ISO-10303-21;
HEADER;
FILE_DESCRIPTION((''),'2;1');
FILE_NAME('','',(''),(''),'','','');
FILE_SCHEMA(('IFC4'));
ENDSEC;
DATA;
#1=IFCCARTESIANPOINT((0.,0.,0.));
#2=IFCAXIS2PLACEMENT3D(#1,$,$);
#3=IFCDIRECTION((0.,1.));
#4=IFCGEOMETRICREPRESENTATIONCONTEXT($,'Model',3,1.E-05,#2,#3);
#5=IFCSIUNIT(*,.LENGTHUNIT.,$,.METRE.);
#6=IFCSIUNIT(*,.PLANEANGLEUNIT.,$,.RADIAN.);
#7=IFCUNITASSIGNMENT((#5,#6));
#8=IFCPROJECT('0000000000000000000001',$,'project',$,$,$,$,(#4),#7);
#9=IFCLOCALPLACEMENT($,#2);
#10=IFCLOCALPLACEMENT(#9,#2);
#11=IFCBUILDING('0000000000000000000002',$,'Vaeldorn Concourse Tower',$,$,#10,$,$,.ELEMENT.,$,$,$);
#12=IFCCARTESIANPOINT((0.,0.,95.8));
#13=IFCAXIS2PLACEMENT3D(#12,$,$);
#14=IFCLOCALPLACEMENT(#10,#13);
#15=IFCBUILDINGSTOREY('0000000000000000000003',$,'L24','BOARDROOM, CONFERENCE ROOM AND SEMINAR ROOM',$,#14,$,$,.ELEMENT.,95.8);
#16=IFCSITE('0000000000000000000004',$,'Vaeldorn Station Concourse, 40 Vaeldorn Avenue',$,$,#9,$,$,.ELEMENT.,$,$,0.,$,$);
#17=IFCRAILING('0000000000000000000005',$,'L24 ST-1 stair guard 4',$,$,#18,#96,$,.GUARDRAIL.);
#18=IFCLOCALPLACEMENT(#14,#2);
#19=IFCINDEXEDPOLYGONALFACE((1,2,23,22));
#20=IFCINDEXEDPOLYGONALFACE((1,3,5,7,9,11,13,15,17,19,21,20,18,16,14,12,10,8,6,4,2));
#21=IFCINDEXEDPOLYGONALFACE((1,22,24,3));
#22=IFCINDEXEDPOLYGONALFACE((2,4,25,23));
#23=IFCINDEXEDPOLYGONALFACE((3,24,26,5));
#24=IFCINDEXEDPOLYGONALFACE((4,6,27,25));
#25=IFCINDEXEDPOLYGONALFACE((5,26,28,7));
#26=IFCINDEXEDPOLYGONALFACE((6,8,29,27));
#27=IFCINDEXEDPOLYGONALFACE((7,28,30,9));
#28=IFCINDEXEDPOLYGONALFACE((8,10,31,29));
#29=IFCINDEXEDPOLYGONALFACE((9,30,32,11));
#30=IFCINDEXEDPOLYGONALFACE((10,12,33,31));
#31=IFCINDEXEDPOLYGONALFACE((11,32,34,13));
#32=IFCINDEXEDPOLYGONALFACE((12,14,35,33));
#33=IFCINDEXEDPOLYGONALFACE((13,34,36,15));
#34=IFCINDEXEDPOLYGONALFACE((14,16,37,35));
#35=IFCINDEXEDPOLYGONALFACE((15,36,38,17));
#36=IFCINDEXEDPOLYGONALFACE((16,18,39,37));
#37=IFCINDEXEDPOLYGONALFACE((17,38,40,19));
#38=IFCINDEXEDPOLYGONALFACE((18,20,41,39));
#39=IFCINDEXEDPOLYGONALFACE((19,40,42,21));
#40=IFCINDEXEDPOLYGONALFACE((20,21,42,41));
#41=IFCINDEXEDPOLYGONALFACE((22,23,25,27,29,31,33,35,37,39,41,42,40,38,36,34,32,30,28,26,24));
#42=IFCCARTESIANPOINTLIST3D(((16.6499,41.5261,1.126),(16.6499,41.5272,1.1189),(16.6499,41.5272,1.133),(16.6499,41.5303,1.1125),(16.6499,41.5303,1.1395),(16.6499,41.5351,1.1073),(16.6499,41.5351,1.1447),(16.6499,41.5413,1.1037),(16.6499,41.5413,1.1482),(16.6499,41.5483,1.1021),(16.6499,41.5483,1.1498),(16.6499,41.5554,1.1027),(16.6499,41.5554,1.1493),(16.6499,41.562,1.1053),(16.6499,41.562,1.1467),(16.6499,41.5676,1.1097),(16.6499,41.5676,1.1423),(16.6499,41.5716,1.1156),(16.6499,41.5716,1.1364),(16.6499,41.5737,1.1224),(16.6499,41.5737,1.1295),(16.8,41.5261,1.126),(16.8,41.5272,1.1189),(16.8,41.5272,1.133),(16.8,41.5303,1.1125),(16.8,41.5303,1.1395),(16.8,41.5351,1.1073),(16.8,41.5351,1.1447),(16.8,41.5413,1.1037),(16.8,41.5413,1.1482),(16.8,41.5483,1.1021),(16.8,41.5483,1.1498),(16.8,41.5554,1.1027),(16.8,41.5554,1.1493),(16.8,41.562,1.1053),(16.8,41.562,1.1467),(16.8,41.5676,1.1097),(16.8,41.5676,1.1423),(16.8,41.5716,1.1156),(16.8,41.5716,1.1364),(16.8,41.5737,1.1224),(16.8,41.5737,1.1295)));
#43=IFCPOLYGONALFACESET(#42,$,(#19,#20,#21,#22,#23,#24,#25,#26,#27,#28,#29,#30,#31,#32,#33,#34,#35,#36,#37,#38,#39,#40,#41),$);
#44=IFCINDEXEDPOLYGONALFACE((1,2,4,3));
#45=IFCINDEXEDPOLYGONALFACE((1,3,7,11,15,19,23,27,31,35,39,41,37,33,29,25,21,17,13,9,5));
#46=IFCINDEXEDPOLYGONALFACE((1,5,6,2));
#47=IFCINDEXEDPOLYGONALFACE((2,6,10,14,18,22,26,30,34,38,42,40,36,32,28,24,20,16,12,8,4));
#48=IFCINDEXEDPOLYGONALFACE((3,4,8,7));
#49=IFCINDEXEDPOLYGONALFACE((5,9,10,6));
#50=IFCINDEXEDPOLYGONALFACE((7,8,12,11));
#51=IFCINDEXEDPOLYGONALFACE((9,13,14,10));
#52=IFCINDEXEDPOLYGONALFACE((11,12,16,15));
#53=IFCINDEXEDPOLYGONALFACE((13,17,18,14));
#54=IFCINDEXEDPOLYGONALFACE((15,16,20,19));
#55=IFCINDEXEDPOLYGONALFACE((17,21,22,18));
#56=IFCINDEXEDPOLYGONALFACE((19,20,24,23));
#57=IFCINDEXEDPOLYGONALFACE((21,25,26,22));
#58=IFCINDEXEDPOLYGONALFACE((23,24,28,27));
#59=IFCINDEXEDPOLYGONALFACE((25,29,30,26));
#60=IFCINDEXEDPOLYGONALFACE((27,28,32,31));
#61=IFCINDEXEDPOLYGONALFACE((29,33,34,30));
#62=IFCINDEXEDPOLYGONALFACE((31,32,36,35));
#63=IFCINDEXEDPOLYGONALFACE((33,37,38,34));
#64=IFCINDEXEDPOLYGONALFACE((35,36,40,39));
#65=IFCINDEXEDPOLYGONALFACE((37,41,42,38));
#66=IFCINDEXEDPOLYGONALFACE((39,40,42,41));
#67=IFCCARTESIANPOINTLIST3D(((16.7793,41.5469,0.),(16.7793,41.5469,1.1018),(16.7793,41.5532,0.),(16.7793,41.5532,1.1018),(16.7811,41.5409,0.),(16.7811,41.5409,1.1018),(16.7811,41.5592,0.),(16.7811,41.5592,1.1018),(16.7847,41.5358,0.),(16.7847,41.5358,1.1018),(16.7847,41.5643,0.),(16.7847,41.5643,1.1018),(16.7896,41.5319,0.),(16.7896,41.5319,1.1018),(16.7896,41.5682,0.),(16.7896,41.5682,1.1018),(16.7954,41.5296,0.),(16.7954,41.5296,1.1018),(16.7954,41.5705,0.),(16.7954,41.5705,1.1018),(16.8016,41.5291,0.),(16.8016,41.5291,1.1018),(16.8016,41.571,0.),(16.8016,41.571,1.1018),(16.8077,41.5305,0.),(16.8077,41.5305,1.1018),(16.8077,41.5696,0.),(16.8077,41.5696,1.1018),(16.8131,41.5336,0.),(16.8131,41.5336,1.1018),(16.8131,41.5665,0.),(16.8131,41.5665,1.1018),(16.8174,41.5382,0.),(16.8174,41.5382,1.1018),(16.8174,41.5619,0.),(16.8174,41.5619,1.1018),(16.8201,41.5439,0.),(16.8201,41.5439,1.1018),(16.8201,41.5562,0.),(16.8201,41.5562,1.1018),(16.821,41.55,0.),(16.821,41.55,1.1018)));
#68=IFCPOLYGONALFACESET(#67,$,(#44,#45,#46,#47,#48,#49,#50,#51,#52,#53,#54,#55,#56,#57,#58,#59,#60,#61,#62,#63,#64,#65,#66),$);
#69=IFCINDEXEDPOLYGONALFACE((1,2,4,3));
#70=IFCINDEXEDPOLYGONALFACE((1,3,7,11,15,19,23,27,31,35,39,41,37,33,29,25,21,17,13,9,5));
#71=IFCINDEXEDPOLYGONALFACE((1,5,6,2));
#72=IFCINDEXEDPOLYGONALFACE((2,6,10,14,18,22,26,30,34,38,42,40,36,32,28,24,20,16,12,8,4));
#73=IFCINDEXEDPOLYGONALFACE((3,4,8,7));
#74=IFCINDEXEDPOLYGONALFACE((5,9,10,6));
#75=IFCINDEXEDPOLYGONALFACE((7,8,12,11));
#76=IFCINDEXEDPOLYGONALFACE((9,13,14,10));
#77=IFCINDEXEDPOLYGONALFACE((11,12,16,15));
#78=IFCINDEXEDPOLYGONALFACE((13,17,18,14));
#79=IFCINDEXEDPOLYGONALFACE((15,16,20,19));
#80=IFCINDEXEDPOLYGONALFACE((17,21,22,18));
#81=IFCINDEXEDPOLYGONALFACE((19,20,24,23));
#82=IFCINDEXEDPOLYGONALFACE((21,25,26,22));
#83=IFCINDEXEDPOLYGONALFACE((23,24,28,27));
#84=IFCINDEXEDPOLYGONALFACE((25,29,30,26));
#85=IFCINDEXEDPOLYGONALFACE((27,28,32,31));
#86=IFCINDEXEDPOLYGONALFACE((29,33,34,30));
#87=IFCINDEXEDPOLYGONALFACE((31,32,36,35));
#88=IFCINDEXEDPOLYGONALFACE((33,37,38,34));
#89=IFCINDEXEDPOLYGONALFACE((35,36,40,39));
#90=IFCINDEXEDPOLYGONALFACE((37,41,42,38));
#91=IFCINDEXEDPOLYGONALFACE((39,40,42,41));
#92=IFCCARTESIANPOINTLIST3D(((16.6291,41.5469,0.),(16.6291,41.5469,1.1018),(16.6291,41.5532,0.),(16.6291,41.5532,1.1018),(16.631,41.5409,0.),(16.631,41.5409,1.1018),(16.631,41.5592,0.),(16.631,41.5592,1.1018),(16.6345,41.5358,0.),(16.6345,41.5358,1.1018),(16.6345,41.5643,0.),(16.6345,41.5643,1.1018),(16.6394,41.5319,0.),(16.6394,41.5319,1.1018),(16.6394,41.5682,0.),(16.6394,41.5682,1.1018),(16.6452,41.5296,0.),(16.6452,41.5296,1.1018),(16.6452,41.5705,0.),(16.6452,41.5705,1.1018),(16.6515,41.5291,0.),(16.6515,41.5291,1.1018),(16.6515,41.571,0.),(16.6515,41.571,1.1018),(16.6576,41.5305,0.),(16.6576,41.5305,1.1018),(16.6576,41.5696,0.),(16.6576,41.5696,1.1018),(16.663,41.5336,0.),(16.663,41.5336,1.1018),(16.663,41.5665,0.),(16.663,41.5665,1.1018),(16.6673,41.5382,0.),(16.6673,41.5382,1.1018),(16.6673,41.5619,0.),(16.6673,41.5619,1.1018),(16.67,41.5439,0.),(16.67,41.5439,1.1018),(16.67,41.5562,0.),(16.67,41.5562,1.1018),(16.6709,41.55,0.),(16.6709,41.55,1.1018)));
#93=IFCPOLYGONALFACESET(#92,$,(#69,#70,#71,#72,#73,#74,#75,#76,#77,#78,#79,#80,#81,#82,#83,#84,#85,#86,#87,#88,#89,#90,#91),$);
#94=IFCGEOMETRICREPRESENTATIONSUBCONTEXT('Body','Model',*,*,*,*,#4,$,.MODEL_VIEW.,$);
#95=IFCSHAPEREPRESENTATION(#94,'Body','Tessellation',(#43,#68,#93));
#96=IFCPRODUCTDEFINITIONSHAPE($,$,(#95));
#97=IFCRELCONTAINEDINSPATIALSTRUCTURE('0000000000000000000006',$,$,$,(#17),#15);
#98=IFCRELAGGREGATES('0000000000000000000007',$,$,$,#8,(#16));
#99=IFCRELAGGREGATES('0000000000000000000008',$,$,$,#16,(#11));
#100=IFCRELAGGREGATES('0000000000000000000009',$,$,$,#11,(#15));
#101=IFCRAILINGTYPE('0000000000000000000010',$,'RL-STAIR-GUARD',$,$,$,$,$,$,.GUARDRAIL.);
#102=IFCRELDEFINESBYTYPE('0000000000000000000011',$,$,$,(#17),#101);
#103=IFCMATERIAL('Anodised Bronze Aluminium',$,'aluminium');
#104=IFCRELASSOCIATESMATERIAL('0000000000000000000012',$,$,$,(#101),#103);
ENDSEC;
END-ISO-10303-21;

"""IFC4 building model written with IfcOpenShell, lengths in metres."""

from ifc_helpers import new_model, si_unit, direction, frame, origin, origin_2d, place, context, subcontext, project, spatial, circle, extrude, material, type_object, element, save


model = new_model("IFC4")

# Units and contexts
model_context = context("Model", 3, precision=1e-05, world=origin(), true_north=direction((0.0, 1.0)))
body_context = subcontext(model_context, "Body", "Model", "MODEL_VIEW")
ifc_project = project(units=[si_unit("LENGTHUNIT", "METRE"), si_unit("PLANEANGLEUNIT", "RADIAN")], contexts=[model_context])

# Site, building, storey
site_placement = place(None, origin())
site = spatial("IfcSite", under=ifc_project, at=site_placement, Name="Vaeldorn Station Concourse, 40 Vaeldorn Avenue", CompositionType="ELEMENT", RefElevation=0.0)
building_placement = place(site_placement, origin())
building = spatial("IfcBuilding", under=site, at=building_placement, Name="Vaeldorn Concourse Tower", CompositionType="ELEMENT")
storey_placement = place(building_placement, frame((0.0, 0.0, 95.8)))
storey = spatial("IfcBuildingStorey", under=building, at=storey_placement, Name="L24", Description="BOARDROOM, CONFERENCE ROOM AND SEMINAR ROOM", CompositionType="ELEMENT", Elevation=95.8)

# Shared definitions
ifc_material_1 = material(Name="Anodised Bronze Aluminium", Category="aluminium")

# Railing
railing_type_1 = type_object("IfcRailingType", Name="RL-STAIR-GUARD", PredefinedType="GUARDRAIL", material=ifc_material_1)
railing_1_placement = place(storey_placement, frame((16.8, 41.55, 0.0)))
element("IfcRailing", 1, at=railing_1_placement, inside=storey, type_object=railing_type_1, Name="L24 ST-1 stair guard 4", PredefinedType="GUARDRAIL", context=body_context, shape_type="SweptSolid", body=[
    extrude(circle(Radius=0.0239, at=origin_2d()), frame((0.0, 0.0, 1.126), z_axis=(-1.0, 0.0, 0.0), x_axis=(0.0, -1.0, 0.0)), (0.0, 0.0, 1.0), 0.1501),
    extrude(circle(Radius=0.021, at=origin_2d()), origin(), (0.0, 0.0, 1.0), 1.1018),
    extrude(circle(Radius=0.021, at=origin_2d()), frame((-0.1501, 0.0, 0.0)), (0.0, 0.0, 1.0), 1.1018),
])

save(model, "model.ifc")
